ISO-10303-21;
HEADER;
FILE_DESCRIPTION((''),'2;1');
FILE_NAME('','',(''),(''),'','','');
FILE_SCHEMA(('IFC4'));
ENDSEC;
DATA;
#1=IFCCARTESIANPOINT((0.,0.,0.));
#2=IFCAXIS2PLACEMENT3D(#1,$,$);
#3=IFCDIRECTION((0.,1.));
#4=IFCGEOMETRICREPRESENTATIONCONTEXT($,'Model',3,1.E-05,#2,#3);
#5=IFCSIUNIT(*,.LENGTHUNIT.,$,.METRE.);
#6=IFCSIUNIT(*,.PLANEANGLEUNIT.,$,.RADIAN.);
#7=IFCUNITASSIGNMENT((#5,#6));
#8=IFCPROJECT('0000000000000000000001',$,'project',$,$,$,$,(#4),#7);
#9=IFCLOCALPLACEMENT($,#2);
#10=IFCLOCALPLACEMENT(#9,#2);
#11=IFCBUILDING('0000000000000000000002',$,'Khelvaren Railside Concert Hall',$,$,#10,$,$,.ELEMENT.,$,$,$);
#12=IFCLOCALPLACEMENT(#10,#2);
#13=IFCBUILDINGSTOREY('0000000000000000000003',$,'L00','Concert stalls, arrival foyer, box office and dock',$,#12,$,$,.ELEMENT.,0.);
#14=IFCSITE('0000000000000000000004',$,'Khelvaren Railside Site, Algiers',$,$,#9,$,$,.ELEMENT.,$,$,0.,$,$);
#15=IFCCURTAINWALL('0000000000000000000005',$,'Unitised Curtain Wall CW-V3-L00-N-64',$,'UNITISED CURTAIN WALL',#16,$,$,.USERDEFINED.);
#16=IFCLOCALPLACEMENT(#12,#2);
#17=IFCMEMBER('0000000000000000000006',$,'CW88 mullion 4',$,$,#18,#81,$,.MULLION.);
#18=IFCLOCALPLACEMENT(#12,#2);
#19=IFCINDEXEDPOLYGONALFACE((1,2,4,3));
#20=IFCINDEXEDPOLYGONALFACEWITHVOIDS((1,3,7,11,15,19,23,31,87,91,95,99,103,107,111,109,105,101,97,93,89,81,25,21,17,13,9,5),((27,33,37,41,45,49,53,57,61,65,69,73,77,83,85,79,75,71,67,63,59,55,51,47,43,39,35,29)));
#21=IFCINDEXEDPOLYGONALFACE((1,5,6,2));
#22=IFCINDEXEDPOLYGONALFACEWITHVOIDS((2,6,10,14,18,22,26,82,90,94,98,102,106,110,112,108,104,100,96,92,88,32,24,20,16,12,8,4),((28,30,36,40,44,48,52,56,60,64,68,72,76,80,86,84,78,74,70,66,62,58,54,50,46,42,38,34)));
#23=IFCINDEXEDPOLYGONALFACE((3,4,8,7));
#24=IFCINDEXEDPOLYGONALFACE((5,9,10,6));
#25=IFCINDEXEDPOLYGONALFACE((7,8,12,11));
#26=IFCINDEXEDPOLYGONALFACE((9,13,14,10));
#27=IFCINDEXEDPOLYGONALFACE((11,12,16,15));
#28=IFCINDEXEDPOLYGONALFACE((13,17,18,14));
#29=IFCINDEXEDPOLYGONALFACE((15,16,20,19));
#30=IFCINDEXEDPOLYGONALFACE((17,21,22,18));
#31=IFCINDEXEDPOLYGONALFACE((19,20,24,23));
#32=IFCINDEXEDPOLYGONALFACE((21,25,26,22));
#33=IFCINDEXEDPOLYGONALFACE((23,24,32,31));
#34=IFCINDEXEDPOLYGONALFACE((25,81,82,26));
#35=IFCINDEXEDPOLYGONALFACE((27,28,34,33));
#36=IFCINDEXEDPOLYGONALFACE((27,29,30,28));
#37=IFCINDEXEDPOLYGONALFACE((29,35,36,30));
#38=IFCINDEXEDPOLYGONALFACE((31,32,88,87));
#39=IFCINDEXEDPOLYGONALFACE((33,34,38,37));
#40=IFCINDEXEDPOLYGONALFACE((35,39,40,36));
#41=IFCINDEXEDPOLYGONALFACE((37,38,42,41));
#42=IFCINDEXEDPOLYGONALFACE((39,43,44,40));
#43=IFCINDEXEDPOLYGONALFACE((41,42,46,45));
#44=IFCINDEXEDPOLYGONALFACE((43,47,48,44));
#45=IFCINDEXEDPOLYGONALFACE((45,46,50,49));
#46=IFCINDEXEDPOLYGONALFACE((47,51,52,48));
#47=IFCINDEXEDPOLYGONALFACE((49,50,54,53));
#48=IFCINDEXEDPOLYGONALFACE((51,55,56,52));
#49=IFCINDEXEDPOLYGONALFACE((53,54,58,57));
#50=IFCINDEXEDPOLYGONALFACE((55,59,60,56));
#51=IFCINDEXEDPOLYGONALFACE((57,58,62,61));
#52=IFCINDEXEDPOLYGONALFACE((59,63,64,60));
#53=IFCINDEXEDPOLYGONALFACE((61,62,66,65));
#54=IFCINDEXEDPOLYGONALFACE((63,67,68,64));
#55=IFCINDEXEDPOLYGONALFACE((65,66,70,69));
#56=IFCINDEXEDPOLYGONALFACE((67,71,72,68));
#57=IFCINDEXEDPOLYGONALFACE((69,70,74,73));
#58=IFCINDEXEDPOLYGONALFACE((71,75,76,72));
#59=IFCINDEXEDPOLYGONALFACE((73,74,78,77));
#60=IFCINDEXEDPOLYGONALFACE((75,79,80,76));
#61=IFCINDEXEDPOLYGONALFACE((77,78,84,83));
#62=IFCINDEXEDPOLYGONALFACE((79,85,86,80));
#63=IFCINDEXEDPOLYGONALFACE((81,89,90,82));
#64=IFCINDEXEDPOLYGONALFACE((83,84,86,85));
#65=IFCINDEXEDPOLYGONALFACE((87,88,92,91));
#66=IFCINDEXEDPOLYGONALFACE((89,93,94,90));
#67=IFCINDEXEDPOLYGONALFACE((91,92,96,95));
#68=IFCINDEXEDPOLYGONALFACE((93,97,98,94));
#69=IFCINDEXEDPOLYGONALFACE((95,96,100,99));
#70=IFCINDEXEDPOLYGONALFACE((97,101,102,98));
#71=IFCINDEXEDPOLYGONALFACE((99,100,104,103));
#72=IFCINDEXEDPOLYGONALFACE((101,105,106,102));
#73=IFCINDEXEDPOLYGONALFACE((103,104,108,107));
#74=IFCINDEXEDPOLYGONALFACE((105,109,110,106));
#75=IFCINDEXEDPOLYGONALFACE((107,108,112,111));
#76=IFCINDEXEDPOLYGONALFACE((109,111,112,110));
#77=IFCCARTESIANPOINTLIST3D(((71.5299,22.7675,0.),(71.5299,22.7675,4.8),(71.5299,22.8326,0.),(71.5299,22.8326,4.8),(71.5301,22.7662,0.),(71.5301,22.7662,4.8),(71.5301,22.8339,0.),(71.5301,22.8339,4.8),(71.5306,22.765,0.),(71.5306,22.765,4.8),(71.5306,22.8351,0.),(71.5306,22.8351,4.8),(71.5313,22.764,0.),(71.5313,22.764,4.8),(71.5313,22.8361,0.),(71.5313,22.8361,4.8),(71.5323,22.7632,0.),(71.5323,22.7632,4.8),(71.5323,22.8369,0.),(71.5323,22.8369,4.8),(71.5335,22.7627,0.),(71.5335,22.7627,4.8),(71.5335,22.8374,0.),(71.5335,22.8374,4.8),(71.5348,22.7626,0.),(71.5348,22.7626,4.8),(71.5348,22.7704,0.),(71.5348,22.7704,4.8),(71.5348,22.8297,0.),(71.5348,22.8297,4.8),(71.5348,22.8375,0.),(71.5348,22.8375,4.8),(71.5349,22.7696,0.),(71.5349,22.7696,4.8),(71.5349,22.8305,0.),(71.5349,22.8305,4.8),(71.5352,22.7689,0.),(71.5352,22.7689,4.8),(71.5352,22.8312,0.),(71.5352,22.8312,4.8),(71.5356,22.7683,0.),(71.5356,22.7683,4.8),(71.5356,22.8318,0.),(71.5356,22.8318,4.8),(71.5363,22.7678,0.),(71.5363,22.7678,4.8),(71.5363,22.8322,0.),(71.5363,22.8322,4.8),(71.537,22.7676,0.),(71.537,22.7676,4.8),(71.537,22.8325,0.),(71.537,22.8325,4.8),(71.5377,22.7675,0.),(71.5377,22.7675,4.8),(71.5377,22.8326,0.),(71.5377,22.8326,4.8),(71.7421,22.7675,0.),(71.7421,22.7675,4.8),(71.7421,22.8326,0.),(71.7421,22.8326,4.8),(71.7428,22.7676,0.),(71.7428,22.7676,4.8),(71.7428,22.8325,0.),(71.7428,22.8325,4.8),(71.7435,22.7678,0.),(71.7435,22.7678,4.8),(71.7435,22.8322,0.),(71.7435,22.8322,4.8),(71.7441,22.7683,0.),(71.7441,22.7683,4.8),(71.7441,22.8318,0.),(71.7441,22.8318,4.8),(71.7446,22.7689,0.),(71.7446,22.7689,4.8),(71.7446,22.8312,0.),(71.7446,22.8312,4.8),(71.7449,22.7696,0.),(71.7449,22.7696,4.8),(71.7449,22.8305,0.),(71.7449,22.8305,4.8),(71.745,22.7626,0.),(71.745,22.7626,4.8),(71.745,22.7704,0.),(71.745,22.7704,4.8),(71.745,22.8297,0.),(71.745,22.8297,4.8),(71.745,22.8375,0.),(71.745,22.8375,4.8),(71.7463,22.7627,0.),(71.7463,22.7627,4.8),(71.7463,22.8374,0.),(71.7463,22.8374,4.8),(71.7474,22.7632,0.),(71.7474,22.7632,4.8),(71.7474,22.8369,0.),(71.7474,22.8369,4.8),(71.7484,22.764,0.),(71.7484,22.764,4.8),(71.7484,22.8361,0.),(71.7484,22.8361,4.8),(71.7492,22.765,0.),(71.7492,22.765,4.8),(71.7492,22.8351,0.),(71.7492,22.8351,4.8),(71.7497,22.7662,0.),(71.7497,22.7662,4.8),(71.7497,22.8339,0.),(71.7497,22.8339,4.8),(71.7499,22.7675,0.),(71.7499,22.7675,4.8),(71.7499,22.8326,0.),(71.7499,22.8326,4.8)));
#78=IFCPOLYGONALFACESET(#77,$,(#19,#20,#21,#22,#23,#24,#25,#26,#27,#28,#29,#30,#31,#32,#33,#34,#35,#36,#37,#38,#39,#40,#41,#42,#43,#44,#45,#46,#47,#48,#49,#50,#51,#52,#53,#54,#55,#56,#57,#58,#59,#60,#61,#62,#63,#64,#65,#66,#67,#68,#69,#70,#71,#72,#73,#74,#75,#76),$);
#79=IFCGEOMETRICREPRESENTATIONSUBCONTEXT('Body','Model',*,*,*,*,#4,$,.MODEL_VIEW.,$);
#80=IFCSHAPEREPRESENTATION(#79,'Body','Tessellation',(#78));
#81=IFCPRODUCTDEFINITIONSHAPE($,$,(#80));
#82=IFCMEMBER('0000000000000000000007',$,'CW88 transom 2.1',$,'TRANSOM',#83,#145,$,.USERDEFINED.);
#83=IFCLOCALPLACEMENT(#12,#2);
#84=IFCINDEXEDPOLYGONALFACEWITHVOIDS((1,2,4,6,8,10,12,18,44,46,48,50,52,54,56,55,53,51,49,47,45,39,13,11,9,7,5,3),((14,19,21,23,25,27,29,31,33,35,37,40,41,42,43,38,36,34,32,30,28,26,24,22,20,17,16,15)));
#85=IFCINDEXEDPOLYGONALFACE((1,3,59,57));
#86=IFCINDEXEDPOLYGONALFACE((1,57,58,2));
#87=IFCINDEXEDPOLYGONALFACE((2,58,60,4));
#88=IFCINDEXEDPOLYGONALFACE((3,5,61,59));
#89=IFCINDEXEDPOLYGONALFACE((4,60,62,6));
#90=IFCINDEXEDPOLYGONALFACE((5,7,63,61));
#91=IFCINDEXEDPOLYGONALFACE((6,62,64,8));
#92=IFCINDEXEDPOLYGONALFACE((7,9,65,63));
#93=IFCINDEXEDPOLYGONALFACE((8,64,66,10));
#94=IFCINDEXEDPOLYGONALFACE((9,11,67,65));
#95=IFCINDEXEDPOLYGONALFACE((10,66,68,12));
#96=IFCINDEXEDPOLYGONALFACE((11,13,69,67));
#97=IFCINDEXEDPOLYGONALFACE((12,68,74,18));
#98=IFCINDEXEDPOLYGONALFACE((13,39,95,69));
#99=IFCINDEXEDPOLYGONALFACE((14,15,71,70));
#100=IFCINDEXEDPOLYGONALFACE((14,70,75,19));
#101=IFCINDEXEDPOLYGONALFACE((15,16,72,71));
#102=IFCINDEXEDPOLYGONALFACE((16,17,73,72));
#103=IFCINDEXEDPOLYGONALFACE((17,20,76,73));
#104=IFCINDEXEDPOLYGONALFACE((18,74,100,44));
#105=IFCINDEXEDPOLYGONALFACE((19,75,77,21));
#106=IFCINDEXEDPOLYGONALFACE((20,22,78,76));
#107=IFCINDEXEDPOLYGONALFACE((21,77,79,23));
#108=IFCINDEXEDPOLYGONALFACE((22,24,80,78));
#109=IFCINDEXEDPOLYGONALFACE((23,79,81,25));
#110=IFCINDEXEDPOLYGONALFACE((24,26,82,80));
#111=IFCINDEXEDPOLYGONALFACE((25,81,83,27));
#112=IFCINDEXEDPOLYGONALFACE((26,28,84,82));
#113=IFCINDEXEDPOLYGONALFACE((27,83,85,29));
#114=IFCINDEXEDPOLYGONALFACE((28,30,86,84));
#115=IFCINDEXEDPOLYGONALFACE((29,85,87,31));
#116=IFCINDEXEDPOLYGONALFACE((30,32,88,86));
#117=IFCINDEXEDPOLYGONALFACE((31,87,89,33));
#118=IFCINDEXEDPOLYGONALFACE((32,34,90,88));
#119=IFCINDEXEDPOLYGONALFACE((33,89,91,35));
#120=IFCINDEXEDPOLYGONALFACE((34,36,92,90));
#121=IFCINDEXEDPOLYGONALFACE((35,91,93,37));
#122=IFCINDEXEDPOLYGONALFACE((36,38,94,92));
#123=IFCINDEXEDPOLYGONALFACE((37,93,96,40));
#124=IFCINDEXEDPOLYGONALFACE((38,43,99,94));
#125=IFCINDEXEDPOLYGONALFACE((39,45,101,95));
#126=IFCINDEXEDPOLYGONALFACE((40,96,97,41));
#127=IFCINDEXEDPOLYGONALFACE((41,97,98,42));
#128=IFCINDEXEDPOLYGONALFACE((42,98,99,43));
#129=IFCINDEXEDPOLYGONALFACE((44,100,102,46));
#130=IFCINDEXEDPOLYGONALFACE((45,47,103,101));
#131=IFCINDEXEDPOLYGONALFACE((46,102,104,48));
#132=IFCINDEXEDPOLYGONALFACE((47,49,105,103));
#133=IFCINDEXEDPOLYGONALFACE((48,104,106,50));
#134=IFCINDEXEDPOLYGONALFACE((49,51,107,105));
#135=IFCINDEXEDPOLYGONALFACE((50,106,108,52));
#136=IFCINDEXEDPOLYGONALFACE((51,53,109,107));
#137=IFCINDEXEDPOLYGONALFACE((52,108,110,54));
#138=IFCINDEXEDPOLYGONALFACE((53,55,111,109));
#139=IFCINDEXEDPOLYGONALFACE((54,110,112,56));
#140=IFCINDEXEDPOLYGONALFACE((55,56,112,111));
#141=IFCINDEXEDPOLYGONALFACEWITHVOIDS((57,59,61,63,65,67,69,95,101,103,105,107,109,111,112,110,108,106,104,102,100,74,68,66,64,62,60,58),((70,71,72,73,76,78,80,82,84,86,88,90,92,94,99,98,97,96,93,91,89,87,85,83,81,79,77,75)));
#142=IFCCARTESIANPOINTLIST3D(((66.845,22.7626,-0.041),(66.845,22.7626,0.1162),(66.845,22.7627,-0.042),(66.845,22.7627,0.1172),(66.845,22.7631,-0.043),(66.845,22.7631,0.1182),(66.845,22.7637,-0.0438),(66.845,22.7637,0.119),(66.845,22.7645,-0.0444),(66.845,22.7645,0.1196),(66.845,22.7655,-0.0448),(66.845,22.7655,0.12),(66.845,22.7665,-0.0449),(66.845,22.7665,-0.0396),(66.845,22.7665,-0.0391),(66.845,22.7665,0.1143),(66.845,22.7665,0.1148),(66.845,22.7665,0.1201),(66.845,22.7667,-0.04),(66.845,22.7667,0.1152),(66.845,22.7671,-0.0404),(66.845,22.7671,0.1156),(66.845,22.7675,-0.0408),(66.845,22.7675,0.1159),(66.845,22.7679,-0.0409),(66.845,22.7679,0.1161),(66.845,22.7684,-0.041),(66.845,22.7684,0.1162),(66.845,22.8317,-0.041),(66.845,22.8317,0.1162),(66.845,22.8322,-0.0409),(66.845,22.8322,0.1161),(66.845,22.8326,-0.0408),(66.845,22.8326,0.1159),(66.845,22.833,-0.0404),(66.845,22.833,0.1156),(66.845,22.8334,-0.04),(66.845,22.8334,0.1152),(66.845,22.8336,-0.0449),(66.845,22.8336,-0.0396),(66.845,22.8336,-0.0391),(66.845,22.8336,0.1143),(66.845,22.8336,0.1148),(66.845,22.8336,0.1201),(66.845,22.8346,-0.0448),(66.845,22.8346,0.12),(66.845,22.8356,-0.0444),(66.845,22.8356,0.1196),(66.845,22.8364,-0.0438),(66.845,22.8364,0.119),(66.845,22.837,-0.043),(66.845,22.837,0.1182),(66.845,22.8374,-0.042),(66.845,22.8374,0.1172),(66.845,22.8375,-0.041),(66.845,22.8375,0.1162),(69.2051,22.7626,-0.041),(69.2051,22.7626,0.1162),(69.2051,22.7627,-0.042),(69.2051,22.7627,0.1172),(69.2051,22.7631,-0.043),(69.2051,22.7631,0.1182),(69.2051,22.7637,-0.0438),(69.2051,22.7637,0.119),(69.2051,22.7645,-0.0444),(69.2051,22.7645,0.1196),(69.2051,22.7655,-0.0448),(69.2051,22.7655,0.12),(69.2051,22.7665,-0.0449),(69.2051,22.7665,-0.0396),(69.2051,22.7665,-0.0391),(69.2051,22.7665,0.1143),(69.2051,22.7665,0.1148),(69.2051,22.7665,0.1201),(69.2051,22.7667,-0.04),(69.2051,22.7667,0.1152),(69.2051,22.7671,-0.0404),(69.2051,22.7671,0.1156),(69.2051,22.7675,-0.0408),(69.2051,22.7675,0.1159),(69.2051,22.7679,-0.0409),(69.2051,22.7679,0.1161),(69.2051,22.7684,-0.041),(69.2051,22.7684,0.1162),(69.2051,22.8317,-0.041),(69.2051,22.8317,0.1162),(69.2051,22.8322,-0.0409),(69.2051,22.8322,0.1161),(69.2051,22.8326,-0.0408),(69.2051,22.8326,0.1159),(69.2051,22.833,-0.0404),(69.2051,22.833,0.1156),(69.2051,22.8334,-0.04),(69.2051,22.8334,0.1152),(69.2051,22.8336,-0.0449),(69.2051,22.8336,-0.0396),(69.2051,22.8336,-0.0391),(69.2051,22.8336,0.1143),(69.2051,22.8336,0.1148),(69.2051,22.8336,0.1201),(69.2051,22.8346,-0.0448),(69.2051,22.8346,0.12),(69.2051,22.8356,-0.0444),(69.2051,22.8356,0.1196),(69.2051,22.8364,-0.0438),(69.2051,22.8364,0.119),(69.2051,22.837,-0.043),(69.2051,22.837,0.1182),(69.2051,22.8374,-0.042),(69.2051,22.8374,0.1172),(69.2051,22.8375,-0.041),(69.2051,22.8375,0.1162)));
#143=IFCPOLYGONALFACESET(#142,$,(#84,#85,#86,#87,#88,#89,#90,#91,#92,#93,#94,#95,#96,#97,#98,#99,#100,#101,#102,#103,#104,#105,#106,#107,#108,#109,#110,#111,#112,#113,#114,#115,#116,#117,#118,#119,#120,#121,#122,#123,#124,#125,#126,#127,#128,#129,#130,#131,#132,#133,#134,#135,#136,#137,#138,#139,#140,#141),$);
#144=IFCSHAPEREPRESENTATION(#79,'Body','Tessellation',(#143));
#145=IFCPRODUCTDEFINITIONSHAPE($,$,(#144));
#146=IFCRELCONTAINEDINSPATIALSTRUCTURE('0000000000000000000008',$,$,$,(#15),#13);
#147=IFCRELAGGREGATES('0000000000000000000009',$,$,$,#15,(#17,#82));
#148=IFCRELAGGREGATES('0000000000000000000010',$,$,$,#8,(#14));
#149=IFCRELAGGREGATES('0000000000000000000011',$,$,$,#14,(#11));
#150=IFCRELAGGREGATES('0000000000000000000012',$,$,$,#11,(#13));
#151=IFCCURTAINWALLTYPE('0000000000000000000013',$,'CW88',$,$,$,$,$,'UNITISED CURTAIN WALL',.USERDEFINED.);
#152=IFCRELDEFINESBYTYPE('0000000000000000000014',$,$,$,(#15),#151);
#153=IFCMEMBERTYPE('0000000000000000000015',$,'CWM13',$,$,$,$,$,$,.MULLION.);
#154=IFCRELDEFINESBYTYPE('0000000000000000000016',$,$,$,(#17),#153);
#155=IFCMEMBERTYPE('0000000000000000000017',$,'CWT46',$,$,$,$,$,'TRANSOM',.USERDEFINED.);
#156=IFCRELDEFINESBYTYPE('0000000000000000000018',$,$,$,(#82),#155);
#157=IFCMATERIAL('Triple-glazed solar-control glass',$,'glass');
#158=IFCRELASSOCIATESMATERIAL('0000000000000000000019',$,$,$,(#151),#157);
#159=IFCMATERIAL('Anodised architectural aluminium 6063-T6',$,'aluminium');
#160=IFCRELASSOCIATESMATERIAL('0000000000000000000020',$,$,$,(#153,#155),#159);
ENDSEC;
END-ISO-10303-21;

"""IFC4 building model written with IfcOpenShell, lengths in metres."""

from ifc_helpers import new_model, si_unit, direction, frame, origin, origin_2d, place, context, subcontext, project, spatial, hollow_rectangle, extrude, material, material_profile, profile_set, type_object, element, aggregate, save


model = new_model("IFC4")

# Units and contexts
model_context = context("Model", 3, precision=1e-05, world=origin(), true_north=direction((0.0, 1.0)))
body_context = subcontext(model_context, "Body", "Model", "MODEL_VIEW")
ifc_project = project(units=[si_unit("LENGTHUNIT", "METRE"), si_unit("PLANEANGLEUNIT", "RADIAN")], contexts=[model_context])

# Site, building, storey
site_placement = place(None, origin())
site = spatial("IfcSite", under=ifc_project, at=site_placement, Name="Khelvaren Railside Site, Algiers", CompositionType="ELEMENT", RefElevation=0.0)
building_placement = place(site_placement, origin())
building = spatial("IfcBuilding", under=site, at=building_placement, Name="Khelvaren Railside Concert Hall", CompositionType="ELEMENT")
storey_placement = place(building_placement, origin())
storey = spatial("IfcBuildingStorey", under=building, at=storey_placement, Name="L00", Description="Concert stalls, arrival foyer, box office and dock", CompositionType="ELEMENT", Elevation=0.0)

# Curtain wall, members
ifc_material_1 = material(Name="Triple-glazed solar-control glass", Category="glass")
curtain_wall_type = type_object("IfcCurtainWallType", Name="CW88", ElementType="UNITISED CURTAIN WALL", PredefinedType="USERDEFINED", material=ifc_material_1)
curtain_wall_placement = place(storey_placement, origin())
curtain_wall = element("IfcCurtainWall", 1, at=curtain_wall_placement, inside=storey, type_object=curtain_wall_type, Name="Unitised Curtain Wall CW-V3-L00-N-64", ObjectType="UNITISED CURTAIN WALL", PredefinedType="USERDEFINED")
ifc_material_2 = material(Name="Anodised architectural aluminium 6063-T6", Category="aluminium")
ifc_material_profile_1 = material_profile(ifc_material_2, hollow_rectangle(XDim=0.075, YDim=0.22, WallThickness=0.0049, InnerFilletRadius=0.0029, OuterFilletRadius=0.0049, at=origin_2d()), Name="CWM 75x220x5")
ifc_profile_set_1 = profile_set([ifc_material_profile_1], Name="Anodised architectural aluminium 6063-T6")
member_type_1 = type_object("IfcMemberType", Name="CWM13", PredefinedType="MULLION", material=ifc_profile_set_1)
member_1_placement = place(storey_placement, frame((71.6399, 22.8, 0.0), z_axis=(0.0, 0.0, 1.0), x_axis=(0.0, 1.0, 0.0)))
member_1 = element("IfcMember", 2, at=member_1_placement, type_object=member_type_1, Name="CW88 mullion 4", PredefinedType="MULLION", context=body_context, shape_type="SweptSolid", body=[
    extrude(hollow_rectangle(XDim=0.075, YDim=0.22, WallThickness=0.0049, InnerFilletRadius=0.0029, OuterFilletRadius=0.0049, at=origin_2d()), origin(), (0.0, 0.0, 1.0), 4.8),
])
ifc_material_profile_2 = material_profile(ifc_material_2, hollow_rectangle(XDim=0.075, YDim=0.165, WallThickness=0.0039, InnerFilletRadius=0.002, OuterFilletRadius=0.0039, at=origin_2d()), Name="CWT 75x165x4")
ifc_profile_set_2 = profile_set([ifc_material_profile_2], Name="Anodised architectural aluminium 6063-T6")
member_type_2 = type_object("IfcMemberType", Name="CWT46", ElementType="TRANSOM", PredefinedType="USERDEFINED", material=ifc_profile_set_2)
member_2_placement = place(storey_placement, frame((66.845, 22.8, 0.0376), z_axis=(1.0, 0.0, 0.0), x_axis=(0.0, 1.0, 0.0)))
member_2 = element("IfcMember", 3, at=member_2_placement, type_object=member_type_2, Name="CW88 transom 2.1", ObjectType="TRANSOM", PredefinedType="USERDEFINED", context=body_context, shape_type="SweptSolid", body=[
    extrude(hollow_rectangle(XDim=0.075, YDim=0.165, WallThickness=0.0039, InnerFilletRadius=0.002, OuterFilletRadius=0.0039, at=origin_2d()), origin(), (0.0, 0.0, 1.0), 2.3601),
])

aggregate(curtain_wall, [member_1, member_2])

save(model, "model.ifc")
